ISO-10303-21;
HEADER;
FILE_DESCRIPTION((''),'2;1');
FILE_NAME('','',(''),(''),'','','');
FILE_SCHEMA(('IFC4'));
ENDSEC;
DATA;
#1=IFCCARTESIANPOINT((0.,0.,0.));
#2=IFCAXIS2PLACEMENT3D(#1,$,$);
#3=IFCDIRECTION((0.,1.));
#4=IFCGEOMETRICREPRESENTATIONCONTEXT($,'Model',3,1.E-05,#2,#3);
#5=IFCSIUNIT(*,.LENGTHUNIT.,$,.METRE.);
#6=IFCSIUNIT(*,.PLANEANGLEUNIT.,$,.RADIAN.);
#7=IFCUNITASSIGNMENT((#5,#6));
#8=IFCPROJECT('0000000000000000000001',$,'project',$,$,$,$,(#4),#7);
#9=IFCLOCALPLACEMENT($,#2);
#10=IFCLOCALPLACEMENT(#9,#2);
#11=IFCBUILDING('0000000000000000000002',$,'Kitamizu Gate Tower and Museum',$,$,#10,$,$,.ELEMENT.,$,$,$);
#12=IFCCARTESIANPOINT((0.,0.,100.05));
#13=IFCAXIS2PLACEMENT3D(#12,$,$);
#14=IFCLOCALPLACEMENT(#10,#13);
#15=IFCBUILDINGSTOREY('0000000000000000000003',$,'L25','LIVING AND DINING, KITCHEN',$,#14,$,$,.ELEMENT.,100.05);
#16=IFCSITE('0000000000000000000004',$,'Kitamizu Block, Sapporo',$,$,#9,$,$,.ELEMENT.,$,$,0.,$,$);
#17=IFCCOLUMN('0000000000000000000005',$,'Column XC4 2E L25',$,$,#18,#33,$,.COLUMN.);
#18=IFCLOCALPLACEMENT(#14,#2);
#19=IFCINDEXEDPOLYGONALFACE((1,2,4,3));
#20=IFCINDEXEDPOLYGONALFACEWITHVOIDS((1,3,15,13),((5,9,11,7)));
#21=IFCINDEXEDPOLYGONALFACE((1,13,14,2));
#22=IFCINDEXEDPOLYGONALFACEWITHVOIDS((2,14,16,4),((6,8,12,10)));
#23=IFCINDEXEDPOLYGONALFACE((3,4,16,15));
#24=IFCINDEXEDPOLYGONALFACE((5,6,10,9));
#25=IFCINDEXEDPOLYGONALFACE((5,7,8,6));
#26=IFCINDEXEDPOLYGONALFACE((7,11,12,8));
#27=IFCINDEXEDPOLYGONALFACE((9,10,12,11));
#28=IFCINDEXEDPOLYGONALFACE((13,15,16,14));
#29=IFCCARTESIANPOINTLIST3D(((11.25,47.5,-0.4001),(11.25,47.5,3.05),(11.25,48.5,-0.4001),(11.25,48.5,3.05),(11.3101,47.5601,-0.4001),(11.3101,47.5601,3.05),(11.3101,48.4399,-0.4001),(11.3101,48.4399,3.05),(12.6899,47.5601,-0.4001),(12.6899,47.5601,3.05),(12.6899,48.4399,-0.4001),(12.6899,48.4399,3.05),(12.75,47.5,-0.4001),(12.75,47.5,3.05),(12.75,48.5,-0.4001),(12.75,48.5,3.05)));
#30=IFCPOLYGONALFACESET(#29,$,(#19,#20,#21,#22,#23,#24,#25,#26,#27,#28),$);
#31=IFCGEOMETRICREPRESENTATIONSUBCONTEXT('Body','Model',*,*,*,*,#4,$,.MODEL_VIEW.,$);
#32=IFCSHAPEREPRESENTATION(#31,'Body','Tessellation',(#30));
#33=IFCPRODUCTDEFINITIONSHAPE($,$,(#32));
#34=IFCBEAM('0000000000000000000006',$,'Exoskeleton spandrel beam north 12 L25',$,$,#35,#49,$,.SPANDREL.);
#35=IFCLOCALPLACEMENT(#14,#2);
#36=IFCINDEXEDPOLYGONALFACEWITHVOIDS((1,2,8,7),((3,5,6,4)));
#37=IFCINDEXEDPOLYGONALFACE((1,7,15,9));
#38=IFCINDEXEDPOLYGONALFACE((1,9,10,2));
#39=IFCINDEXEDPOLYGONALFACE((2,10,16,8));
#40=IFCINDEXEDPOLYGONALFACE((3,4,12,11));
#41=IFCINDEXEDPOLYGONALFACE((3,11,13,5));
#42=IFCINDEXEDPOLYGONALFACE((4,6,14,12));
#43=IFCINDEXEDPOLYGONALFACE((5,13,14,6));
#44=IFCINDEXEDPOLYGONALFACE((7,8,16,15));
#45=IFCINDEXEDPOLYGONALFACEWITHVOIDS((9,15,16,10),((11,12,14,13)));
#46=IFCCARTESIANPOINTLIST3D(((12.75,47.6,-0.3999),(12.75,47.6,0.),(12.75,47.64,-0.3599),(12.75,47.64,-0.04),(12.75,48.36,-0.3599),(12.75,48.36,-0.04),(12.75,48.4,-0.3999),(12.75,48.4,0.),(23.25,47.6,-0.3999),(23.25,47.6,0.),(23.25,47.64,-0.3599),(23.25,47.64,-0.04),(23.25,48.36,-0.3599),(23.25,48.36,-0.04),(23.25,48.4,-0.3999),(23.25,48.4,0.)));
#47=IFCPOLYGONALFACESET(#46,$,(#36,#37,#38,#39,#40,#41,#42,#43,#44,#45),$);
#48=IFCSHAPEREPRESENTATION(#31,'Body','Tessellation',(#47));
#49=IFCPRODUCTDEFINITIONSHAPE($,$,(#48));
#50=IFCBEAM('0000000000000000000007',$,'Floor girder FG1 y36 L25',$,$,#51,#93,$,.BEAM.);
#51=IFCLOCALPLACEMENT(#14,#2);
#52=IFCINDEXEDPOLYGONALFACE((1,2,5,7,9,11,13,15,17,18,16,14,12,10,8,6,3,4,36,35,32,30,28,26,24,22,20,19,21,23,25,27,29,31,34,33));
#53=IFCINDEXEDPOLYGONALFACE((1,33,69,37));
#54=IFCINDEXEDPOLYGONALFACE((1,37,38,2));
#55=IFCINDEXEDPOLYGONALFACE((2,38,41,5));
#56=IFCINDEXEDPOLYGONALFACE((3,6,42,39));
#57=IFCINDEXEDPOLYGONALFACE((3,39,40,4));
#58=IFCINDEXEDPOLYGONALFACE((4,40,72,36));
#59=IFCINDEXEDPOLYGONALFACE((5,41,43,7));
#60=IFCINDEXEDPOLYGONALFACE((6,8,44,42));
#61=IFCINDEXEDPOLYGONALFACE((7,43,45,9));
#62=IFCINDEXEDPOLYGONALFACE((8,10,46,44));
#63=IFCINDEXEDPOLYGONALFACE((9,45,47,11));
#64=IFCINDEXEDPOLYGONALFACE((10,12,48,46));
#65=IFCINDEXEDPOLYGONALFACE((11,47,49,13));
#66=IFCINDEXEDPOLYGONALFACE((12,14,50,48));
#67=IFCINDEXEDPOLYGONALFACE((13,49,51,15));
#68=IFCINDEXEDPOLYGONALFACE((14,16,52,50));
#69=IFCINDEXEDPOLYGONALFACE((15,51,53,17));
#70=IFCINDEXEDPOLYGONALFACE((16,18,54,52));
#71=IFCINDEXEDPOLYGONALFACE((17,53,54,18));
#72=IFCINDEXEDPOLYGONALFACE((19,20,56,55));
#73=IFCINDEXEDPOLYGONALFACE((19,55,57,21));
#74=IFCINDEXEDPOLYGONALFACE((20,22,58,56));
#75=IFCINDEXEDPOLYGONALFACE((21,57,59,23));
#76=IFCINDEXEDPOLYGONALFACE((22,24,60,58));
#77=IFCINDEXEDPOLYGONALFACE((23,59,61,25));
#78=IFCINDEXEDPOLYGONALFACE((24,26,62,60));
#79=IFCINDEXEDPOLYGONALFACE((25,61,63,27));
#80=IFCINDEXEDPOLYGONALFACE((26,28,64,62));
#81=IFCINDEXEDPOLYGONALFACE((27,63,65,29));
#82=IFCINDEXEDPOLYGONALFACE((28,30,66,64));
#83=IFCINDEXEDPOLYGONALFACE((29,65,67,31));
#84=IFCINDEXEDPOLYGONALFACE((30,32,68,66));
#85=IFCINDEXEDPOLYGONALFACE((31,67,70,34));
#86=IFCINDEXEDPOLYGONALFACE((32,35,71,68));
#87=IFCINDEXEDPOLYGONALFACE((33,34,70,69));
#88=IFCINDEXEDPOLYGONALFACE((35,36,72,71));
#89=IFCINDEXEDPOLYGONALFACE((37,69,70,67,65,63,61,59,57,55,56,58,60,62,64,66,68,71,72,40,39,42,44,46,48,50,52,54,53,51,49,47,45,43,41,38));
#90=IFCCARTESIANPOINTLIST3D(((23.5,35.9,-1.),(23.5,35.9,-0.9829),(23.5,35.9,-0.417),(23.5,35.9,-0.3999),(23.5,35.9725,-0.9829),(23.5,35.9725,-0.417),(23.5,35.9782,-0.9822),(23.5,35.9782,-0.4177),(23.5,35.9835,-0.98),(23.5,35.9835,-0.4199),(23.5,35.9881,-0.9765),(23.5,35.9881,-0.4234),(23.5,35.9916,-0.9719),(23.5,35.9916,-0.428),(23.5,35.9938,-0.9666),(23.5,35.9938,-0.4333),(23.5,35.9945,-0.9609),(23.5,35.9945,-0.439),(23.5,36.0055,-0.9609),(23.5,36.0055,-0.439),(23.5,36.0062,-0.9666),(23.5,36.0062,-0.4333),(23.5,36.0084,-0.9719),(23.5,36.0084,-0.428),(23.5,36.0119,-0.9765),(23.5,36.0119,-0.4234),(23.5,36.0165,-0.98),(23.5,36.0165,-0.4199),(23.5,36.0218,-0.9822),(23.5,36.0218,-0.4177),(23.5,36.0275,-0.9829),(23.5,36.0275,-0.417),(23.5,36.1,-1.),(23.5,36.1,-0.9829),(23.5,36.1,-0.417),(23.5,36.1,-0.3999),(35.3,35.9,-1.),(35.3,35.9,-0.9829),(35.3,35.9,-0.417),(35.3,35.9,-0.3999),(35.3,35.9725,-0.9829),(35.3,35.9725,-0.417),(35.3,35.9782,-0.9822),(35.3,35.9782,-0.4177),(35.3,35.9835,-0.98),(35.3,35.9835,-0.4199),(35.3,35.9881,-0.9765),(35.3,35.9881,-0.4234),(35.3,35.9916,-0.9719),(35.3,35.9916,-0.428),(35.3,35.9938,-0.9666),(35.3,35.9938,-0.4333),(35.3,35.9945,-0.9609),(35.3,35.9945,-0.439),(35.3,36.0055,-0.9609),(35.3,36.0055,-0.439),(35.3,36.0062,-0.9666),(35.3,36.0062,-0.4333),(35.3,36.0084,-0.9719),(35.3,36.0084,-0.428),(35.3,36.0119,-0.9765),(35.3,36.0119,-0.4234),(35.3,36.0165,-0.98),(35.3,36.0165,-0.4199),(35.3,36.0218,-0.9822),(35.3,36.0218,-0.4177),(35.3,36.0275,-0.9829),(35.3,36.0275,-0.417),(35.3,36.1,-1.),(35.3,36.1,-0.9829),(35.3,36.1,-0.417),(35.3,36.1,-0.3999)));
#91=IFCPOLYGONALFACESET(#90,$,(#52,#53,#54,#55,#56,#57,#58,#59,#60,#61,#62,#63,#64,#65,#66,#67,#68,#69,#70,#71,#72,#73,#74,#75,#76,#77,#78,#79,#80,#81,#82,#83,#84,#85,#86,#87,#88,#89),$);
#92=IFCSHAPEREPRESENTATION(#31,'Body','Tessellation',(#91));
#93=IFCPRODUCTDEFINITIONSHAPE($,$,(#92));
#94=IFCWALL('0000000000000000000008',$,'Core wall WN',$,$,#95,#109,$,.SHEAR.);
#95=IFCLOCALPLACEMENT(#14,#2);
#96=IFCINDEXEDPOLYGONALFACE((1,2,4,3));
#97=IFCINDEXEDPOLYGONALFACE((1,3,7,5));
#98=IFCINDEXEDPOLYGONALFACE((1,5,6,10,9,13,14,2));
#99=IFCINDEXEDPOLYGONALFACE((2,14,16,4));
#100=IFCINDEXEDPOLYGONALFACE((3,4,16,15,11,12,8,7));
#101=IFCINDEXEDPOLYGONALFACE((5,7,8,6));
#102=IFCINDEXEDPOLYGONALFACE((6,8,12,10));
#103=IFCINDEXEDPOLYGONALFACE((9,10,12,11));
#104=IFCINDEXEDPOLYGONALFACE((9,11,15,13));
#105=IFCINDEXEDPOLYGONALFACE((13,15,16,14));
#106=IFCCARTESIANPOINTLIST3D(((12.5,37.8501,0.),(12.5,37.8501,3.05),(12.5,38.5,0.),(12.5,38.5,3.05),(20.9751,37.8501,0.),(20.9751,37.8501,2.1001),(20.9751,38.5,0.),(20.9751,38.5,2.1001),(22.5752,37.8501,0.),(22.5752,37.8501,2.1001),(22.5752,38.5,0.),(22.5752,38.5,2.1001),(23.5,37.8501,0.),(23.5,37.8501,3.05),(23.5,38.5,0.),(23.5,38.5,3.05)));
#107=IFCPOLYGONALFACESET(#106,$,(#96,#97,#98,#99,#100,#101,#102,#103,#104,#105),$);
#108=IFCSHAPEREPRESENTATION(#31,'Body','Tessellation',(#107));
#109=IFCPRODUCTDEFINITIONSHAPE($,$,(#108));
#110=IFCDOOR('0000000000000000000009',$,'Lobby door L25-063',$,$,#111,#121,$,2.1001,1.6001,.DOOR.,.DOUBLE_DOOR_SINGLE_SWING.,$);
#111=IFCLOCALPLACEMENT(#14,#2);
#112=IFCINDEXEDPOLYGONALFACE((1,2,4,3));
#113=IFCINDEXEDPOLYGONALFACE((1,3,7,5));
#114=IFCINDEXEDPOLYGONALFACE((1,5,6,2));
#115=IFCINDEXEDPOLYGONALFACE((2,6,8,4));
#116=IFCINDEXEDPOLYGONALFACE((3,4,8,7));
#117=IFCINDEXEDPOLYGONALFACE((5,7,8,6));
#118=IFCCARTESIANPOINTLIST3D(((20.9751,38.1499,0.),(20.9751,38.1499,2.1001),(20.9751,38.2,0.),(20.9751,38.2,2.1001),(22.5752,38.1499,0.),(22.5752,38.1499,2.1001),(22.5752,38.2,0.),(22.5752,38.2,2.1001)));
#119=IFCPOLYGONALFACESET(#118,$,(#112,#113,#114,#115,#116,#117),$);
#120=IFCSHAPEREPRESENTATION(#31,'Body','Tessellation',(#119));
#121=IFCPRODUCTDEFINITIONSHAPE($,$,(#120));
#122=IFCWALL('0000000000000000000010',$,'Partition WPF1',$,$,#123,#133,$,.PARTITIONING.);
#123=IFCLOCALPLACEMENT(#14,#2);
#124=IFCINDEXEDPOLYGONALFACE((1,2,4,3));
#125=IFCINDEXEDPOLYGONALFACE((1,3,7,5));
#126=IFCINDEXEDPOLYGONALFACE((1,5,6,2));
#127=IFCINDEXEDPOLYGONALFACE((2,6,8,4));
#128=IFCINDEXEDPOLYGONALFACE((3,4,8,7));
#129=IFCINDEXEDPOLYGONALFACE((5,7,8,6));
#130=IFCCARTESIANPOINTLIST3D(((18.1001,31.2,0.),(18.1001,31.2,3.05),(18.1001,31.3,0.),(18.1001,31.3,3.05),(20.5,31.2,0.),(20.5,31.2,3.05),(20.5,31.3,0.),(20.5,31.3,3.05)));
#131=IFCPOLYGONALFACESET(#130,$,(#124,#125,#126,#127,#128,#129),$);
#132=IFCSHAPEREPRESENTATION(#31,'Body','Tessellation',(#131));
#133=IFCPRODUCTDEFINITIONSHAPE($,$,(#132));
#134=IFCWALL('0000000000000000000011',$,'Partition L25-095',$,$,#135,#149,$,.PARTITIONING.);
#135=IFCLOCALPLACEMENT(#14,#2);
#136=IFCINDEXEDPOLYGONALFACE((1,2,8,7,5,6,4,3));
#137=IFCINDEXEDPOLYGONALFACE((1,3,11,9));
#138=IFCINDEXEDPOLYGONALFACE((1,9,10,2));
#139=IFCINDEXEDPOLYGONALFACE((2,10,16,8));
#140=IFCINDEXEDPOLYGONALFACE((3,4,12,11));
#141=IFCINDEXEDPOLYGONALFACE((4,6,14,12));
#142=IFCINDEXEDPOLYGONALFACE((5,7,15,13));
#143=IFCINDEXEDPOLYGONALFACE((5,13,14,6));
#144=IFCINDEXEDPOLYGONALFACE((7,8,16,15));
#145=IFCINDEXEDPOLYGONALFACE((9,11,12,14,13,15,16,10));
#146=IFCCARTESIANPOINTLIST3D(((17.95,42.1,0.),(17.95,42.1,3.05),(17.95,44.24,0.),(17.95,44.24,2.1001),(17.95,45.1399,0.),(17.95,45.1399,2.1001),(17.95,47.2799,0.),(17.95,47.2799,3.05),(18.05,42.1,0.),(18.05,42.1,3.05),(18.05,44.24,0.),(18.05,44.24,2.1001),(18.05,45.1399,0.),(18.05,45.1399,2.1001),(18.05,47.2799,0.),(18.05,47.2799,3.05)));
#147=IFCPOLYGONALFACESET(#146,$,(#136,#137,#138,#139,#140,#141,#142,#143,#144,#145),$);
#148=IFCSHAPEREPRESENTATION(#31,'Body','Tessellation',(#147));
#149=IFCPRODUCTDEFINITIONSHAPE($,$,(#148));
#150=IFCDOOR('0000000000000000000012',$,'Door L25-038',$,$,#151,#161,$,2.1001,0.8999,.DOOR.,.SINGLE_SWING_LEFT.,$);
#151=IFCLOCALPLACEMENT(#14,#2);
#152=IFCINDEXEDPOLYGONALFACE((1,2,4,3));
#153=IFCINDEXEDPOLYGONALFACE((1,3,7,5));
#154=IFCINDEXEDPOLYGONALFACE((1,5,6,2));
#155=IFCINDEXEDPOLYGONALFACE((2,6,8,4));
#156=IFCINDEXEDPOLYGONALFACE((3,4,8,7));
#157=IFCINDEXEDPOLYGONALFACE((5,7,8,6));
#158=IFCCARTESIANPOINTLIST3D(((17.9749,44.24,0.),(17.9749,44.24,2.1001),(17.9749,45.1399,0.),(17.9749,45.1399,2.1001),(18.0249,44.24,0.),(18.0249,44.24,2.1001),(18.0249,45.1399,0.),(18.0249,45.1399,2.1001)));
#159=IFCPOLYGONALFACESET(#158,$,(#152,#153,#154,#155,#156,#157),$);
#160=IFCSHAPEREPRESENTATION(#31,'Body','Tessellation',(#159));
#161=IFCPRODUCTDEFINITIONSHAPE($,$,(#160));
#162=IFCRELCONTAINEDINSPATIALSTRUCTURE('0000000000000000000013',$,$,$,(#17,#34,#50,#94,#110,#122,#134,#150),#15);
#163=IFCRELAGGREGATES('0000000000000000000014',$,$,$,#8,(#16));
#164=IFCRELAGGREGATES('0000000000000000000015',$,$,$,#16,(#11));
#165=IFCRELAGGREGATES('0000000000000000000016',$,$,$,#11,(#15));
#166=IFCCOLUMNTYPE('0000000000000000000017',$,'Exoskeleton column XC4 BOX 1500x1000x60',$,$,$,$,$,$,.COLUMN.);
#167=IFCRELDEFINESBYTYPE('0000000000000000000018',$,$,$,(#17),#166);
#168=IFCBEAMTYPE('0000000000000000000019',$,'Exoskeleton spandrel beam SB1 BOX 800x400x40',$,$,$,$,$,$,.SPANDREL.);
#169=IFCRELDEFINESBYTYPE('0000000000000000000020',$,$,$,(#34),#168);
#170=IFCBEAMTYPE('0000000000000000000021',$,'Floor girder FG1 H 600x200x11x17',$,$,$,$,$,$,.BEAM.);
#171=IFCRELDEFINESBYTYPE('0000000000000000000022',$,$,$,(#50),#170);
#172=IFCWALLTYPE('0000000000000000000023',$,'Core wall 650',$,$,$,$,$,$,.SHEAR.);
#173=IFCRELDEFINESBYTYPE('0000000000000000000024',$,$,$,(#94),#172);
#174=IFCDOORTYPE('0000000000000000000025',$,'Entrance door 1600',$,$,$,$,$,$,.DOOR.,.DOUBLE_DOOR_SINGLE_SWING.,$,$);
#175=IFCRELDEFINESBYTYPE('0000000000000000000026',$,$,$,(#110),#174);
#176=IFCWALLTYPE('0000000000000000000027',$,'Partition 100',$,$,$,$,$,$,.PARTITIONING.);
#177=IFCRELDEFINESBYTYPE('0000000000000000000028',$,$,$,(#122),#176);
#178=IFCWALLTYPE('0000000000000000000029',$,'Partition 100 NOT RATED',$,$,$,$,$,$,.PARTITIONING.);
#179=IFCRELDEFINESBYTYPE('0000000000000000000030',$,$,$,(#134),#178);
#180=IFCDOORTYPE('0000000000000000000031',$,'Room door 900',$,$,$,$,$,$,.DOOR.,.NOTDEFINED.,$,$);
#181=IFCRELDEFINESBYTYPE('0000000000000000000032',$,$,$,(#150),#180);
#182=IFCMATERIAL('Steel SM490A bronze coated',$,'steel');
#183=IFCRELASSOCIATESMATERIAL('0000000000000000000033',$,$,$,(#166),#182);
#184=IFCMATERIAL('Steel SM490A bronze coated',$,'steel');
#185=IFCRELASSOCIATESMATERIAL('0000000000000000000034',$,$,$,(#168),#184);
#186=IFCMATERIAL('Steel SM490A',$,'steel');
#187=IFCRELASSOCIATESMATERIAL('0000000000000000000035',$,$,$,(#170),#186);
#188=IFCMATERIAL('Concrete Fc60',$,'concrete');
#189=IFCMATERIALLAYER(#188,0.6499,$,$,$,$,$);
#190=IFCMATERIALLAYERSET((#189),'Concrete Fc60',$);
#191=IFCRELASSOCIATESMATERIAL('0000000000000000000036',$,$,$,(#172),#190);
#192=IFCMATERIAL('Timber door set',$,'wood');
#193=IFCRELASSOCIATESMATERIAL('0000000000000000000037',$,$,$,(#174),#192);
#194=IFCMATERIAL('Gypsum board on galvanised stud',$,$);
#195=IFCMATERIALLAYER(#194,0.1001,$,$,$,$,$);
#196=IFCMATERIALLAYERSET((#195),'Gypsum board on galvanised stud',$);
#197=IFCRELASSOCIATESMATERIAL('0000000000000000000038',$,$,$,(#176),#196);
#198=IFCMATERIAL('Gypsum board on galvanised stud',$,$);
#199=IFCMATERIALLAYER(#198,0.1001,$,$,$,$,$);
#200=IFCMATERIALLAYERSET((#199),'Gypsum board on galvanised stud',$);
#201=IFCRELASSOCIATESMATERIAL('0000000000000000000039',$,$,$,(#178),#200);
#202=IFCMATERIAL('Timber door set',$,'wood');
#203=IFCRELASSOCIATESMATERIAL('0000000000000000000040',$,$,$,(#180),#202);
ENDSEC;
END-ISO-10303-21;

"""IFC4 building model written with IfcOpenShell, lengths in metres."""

from ifc_helpers import new_model, si_unit, direction, frame, frame_2d, origin, origin_2d, place, context, subcontext, project, spatial, rectangle, hollow_rectangle, i_section, extrude, material, layer, layer_set, material_profile, profile_set, type_object, element, fill, save


model = new_model("IFC4")

# Units and contexts
model_context = context("Model", 3, precision=1e-05, world=origin(), true_north=direction((0.0, 1.0)))
body_context = subcontext(model_context, "Body", "Model", "MODEL_VIEW")
ifc_project = project(units=[si_unit("LENGTHUNIT", "METRE"), si_unit("PLANEANGLEUNIT", "RADIAN")], contexts=[model_context])

# Site, building, storey
site_placement = place(None, origin())
site = spatial("IfcSite", under=ifc_project, at=site_placement, Name="Kitamizu Block, Sapporo", CompositionType="ELEMENT", RefElevation=0.0)
building_placement = place(site_placement, origin())
building = spatial("IfcBuilding", under=site, at=building_placement, Name="Kitamizu Gate Tower and Museum", CompositionType="ELEMENT")
storey_placement = place(building_placement, frame((0.0, 0.0, 100.05)))
storey = spatial("IfcBuildingStorey", under=building, at=storey_placement, Name="L25", Description="LIVING AND DINING, KITCHEN", CompositionType="ELEMENT", Elevation=100.05)

# Column
ifc_material_1 = material(Name="Steel SM490A bronze coated", Category="steel")
ifc_material_profile_1 = material_profile(ifc_material_1, hollow_rectangle(XDim=1.5, YDim=1.0, WallThickness=0.0601, at=origin_2d()), Name="BOX 1500x1000x60")
ifc_profile_set_1 = profile_set([ifc_material_profile_1], Name="Steel SM490A bronze coated")
column_type = type_object("IfcColumnType", Name="Exoskeleton column XC4 BOX 1500x1000x60", PredefinedType="COLUMN", material=ifc_profile_set_1)
column_placement = place(storey_placement, frame((12.0, 48.0, -0.4001), z_axis=(0.0, 0.0, 1.0), x_axis=(1.0, 0.0, 0.0)))
element("IfcColumn", 1, at=column_placement, inside=storey, type_object=column_type, Name="Column XC4 2E L25", PredefinedType="COLUMN", context=body_context, shape_type="SweptSolid", body=[
    extrude(hollow_rectangle(XDim=1.5, YDim=1.0, WallThickness=0.0601, at=origin_2d()), origin(), (0.0, 0.0, 1.0), 3.4502),
])

# Beams
ifc_material_2 = material(Name="Steel SM490A bronze coated", Category="steel")
ifc_material_profile_2 = material_profile(ifc_material_2, hollow_rectangle(XDim=0.8, YDim=0.3999, WallThickness=0.04, at=origin_2d()), Name="BOX 800x400x40")
ifc_profile_set_2 = profile_set([ifc_material_profile_2], Name="Steel SM490A bronze coated")
beam_type_1 = type_object("IfcBeamType", Name="Exoskeleton spandrel beam SB1 BOX 800x400x40", PredefinedType="SPANDREL", material=ifc_profile_set_2)
beam_1_placement = place(storey_placement, frame((12.75, 48.0, -0.2), z_axis=(1.0, 0.0, 0.0), x_axis=(0.0, 1.0, 0.0)))
element("IfcBeam", 2, at=beam_1_placement, inside=storey, type_object=beam_type_1, Name="Exoskeleton spandrel beam north 12 L25", PredefinedType="SPANDREL", context=body_context, shape_type="SweptSolid", body=[
    extrude(hollow_rectangle(XDim=0.8, YDim=0.3999, WallThickness=0.04, at=origin_2d()), origin(), (0.0, 0.0, 1.0), 10.5),
])
ifc_material_3 = material(Name="Steel SM490A", Category="steel")
ifc_material_profile_3 = material_profile(ifc_material_3, i_section(OverallWidth=0.2, OverallDepth=0.6001, WebThickness=0.011, FlangeThickness=0.0171, FilletRadius=0.022, at=origin_2d()), Name="H-600x200x11x17")
ifc_profile_set_3 = profile_set([ifc_material_profile_3], Name="Steel SM490A")
beam_type_2 = type_object("IfcBeamType", Name="Floor girder FG1 H 600x200x11x17", PredefinedType="BEAM", material=ifc_profile_set_3)
beam_2_placement = place(storey_placement, frame((23.5, 36.0, -0.7), z_axis=(1.0, 0.0, 0.0), x_axis=(0.0, 1.0, 0.0)))
element("IfcBeam", 3, at=beam_2_placement, inside=storey, type_object=beam_type_2, Name="Floor girder FG1 y36 L25", PredefinedType="BEAM", context=body_context, shape_type="SweptSolid", body=[
    extrude(i_section(OverallWidth=0.2, OverallDepth=0.6001, WebThickness=0.011, FlangeThickness=0.0171, FilletRadius=0.022, at=origin_2d()), origin(), (0.0, 0.0, 1.0), 11.8),
])

# Wall, opening, door
ifc_material_4 = material(Name="Concrete Fc60", Category="concrete")
ifc_layer_1 = layer(ifc_material_4, 0.6499)
ifc_layer_set_1 = layer_set([ifc_layer_1], Name="Concrete Fc60")
wall_type_1 = type_object("IfcWallType", Name="Core wall 650", PredefinedType="SHEAR", material=ifc_layer_set_1)
wall_1_placement = place(storey_placement, frame((12.5, 38.175, 0.0), z_axis=(0.0, 0.0, 1.0), x_axis=(1.0, 0.0, 0.0)))
wall_1 = element("IfcWall", 4, at=wall_1_placement, inside=storey, type_object=wall_type_1, Name="Core wall WN", PredefinedType="SHEAR", context=body_context, shape_type="SweptSolid", body=[
    extrude(rectangle(XDim=11.0, YDim=0.6499, at=frame_2d((5.5, 0.0))), origin(), (0.0, 0.0, 1.0), 3.05),
])
opening_1_placement = place(wall_1_placement, frame((8.4751, 0.0, 0.0)))
opening_1 = element("IfcOpeningElement", 5, at=opening_1_placement, cuts=wall_1, PredefinedType="OPENING", context=body_context, shape_type="SweptSolid", body=[
    extrude(rectangle(XDim=1.6001, YDim=2.1001, at=frame_2d((0.8, 1.05))), frame((0.0, 0.335, 0.0), z_axis=(0.0, -1.0, 0.0), x_axis=(1.0, 0.0, 0.0)), (0.0, 0.0, 1.0), 0.6699),
])
ifc_material_5 = material(Name="Timber door set", Category="wood")
door_type_1 = type_object("IfcDoorType", Name="Entrance door 1600", OperationType="DOUBLE_DOOR_SINGLE_SWING", PredefinedType="DOOR", material=ifc_material_5)
door_1_placement = place(opening_1_placement, origin())
door_1 = element("IfcDoor", 6, at=door_1_placement, inside=storey, type_object=door_type_1, Name="Lobby door L25-063", OperationType="DOUBLE_DOOR_SINGLE_SWING", OverallHeight=2.1001, OverallWidth=1.6001, PredefinedType="DOOR", context=body_context, shape_type="SweptSolid", body=[
    extrude(rectangle(XDim=1.6001, YDim=2.1001, at=frame_2d((0.8, 1.05))), frame((0.0, 0.0249, 0.0), z_axis=(0.0, -1.0, 0.0), x_axis=(1.0, 0.0, 0.0)), (0.0, 0.0, 1.0), 0.05),
])
fill(opening_1, door_1)

# Wall
ifc_material_6 = material(Name="Gypsum board on galvanised stud")
ifc_layer_2 = layer(ifc_material_6, 0.1001)
ifc_layer_set_2 = layer_set([ifc_layer_2], Name="Gypsum board on galvanised stud")
wall_type_2 = type_object("IfcWallType", Name="Partition 100", PredefinedType="PARTITIONING", material=ifc_layer_set_2)
wall_2_placement = place(storey_placement, frame((18.1001, 31.25, 0.0), z_axis=(0.0, 0.0, 1.0), x_axis=(1.0, 0.0, 0.0)))
element("IfcWall", 7, at=wall_2_placement, inside=storey, type_object=wall_type_2, Name="Partition WPF1", PredefinedType="PARTITIONING", context=body_context, shape_type="SweptSolid", body=[
    extrude(rectangle(XDim=2.3999, YDim=0.1001, at=frame_2d((1.2, 0.0))), origin(), (0.0, 0.0, 1.0), 3.05),
])

# Wall, opening, door
ifc_material_7 = material(Name="Gypsum board on galvanised stud")
ifc_layer_3 = layer(ifc_material_7, 0.1001)
ifc_layer_set_3 = layer_set([ifc_layer_3], Name="Gypsum board on galvanised stud")
wall_type_3 = type_object("IfcWallType", Name="Partition 100 NOT RATED", PredefinedType="PARTITIONING", material=ifc_layer_set_3)
wall_3_placement = place(storey_placement, frame((18.0, 42.1001, 0.0), z_axis=(0.0, 0.0, 1.0), x_axis=(0.0, 1.0, 0.0)))
wall_3 = element("IfcWall", 8, at=wall_3_placement, inside=storey, type_object=wall_type_3, Name="Partition L25-095", PredefinedType="PARTITIONING", context=body_context, shape_type="SweptSolid", body=[
    extrude(rectangle(XDim=5.1799, YDim=0.1001, at=frame_2d((2.5898, 0.0))), origin(), (0.0, 0.0, 1.0), 3.05),
])
opening_2_placement = place(wall_3_placement, frame((2.1399, 0.0, 0.0)))
opening_2 = element("IfcOpeningElement", 9, at=opening_2_placement, cuts=wall_3, PredefinedType="OPENING", context=body_context, shape_type="SweptSolid", body=[
    extrude(rectangle(XDim=0.8999, YDim=2.1001, at=frame_2d((0.45, 1.05))), frame((0.0, 0.0601, 0.0), z_axis=(0.0, -1.0, 0.0), x_axis=(1.0, 0.0, 0.0)), (0.0, 0.0, 1.0), 0.1201),
])
ifc_material_8 = material(Name="Timber door set", Category="wood")
door_type_2 = type_object("IfcDoorType", Name="Room door 900", OperationType="NOTDEFINED", PredefinedType="DOOR", material=ifc_material_8)
door_2_placement = place(opening_2_placement, frame((0.8999, 0.0, 0.0), x_axis=(-1.0, 0.0, 0.0)))
door_2 = element("IfcDoor", 10, at=door_2_placement, inside=storey, type_object=door_type_2, Name="Door L25-038", OperationType="SINGLE_SWING_LEFT", OverallHeight=2.1001, OverallWidth=0.8999, PredefinedType="DOOR", context=body_context, shape_type="SweptSolid", body=[
    extrude(rectangle(XDim=0.8999, YDim=2.1001, at=frame_2d((0.45, 1.05))), frame((0.0, 0.0249, 0.0), z_axis=(0.0, -1.0, 0.0), x_axis=(1.0, 0.0, 0.0)), (0.0, 0.0, 1.0), 0.05),
])
fill(opening_2, door_2)

save(model, "model.ifc")
